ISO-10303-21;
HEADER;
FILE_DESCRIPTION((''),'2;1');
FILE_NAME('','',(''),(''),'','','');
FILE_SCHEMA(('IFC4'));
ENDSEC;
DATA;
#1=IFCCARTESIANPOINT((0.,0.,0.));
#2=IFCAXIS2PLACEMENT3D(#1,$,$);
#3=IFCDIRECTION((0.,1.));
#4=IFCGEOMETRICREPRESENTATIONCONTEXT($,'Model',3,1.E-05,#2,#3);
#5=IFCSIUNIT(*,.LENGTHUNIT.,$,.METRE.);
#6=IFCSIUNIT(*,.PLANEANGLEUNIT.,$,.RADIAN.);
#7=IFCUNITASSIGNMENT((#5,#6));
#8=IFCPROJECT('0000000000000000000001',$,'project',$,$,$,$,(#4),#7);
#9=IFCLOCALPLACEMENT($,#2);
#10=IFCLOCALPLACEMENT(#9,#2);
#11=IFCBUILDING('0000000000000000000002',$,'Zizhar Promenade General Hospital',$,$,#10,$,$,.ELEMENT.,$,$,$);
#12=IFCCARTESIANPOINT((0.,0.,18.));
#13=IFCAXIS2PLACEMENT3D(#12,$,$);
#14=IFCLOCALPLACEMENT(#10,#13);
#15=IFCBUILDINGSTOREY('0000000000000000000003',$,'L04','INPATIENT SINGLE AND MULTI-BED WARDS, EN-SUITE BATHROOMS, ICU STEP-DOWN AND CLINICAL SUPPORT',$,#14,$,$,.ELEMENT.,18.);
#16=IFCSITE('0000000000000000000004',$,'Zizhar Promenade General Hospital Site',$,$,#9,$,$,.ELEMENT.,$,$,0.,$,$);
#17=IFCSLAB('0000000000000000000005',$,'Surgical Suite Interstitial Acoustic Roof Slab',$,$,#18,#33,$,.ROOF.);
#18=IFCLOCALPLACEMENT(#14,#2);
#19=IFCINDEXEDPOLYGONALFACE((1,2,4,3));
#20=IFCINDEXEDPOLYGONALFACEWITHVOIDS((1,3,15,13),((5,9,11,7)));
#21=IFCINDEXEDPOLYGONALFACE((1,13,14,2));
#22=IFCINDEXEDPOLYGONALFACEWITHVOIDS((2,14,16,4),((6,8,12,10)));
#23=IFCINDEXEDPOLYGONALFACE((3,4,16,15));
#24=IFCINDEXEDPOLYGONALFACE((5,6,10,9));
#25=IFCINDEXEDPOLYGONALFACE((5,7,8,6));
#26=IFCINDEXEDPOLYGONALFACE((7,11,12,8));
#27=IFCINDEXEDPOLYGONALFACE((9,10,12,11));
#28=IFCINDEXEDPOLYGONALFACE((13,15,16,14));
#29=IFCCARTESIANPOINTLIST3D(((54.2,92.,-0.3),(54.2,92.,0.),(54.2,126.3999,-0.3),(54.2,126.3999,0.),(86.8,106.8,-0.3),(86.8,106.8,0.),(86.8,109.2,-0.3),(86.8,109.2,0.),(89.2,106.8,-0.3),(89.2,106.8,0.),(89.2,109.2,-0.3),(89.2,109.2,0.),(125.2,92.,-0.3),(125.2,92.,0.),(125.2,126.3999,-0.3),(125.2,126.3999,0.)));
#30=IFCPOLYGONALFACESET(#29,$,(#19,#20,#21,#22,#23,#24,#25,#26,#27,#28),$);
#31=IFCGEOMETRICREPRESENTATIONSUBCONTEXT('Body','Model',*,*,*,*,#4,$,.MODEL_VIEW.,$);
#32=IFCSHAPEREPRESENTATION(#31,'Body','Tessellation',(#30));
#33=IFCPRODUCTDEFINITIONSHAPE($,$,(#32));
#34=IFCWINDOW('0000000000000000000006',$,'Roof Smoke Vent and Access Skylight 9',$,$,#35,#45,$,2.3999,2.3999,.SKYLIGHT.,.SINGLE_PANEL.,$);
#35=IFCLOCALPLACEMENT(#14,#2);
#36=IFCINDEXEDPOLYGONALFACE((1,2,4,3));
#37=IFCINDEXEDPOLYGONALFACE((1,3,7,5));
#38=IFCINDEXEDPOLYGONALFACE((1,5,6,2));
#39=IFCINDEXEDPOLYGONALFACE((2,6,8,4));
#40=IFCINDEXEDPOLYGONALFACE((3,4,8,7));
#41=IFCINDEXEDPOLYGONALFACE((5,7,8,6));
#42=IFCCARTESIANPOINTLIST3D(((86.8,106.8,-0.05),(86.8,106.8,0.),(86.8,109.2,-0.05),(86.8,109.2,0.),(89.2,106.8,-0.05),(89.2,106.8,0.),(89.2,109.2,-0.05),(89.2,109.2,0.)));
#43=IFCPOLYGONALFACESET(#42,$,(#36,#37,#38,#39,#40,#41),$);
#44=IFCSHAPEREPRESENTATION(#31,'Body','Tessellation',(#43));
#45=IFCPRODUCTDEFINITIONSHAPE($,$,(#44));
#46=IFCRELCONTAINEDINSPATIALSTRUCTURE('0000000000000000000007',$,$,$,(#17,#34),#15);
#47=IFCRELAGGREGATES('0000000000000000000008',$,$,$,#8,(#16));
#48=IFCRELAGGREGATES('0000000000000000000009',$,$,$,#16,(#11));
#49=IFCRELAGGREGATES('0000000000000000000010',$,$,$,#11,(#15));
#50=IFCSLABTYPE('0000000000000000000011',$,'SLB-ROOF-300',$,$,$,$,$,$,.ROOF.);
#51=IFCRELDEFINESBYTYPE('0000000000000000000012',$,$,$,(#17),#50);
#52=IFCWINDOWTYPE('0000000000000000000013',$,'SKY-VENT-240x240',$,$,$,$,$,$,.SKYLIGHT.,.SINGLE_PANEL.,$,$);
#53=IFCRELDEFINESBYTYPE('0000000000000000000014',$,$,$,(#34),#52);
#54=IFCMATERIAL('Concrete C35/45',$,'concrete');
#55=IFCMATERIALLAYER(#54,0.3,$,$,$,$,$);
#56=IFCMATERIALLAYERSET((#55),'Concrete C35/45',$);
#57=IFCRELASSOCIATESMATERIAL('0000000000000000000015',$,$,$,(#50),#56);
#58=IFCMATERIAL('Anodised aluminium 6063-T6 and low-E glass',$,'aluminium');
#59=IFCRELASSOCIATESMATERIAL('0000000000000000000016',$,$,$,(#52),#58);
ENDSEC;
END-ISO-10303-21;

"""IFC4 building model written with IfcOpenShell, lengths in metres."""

from ifc_helpers import new_model, si_unit, direction, frame, origin, origin_2d, place, context, subcontext, project, spatial, polyline, rectangle, outline, extrude, material, layer, layer_set, type_object, element, fill, save


model = new_model("IFC4")

# Units and contexts
model_context = context("Model", 3, precision=1e-05, world=origin(), true_north=direction((0.0, 1.0)))
body_context = subcontext(model_context, "Body", "Model", "MODEL_VIEW")
ifc_project = project(units=[si_unit("LENGTHUNIT", "METRE"), si_unit("PLANEANGLEUNIT", "RADIAN")], contexts=[model_context])

# Site, building, storey
site_placement = place(None, origin())
site = spatial("IfcSite", under=ifc_project, at=site_placement, Name="Zizhar Promenade General Hospital Site", CompositionType="ELEMENT", RefElevation=0.0)
building_placement = place(site_placement, origin())
building = spatial("IfcBuilding", under=site, at=building_placement, Name="Zizhar Promenade General Hospital", CompositionType="ELEMENT")
storey_placement = place(building_placement, frame((0.0, 0.0, 18.0)))
storey = spatial("IfcBuildingStorey", under=building, at=storey_placement, Name="L04", Description="INPATIENT SINGLE AND MULTI-BED WARDS, EN-SUITE BATHROOMS, ICU STEP-DOWN AND CLINICAL SUPPORT", CompositionType="ELEMENT", Elevation=18.0)

# Slab, opening, window
ifc_material_1 = material(Name="Concrete C35/45", Category="concrete")
ifc_layer_1 = layer(ifc_material_1, 0.3)
ifc_layer_set_1 = layer_set([ifc_layer_1], Name="Concrete C35/45")
slab_type_1 = type_object("IfcSlabType", Name="SLB-ROOF-300", PredefinedType="ROOF", material=ifc_layer_set_1)
slab_1_placement = place(storey_placement, frame((0.0, 0.0, -0.3)))
slab_1 = element("IfcSlab", 1, at=slab_1_placement, inside=storey, type_object=slab_type_1, Name="Surgical Suite Interstitial Acoustic Roof Slab", PredefinedType="ROOF", context=body_context, shape_type="SweptSolid", body=[
    extrude(outline(polyline([(54.2, 92.0), (125.2, 92.0), (125.2, 126.3999), (54.2, 126.3999), (54.2, 92.0)])), origin(), (0.0, 0.0, 1.0), 0.3),
])
opening_placement = place(slab_1_placement, frame((88.0, 108.0, 0.0)))
opening = element("IfcOpeningElement", 2, at=opening_placement, cuts=slab_1, PredefinedType="OPENING", context=body_context, shape_type="SweptSolid", body=[
    extrude(rectangle(XDim=2.3999, YDim=2.3999, at=origin_2d()), origin(), (0.0, 0.0, 1.0), 0.3),
])
ifc_material_2 = material(Name="Anodised aluminium 6063-T6 and low-E glass", Category="aluminium")
window_type = type_object("IfcWindowType", Name="SKY-VENT-240x240", PartitioningType="SINGLE_PANEL", PredefinedType="SKYLIGHT", material=ifc_material_2)
window_placement = place(opening_placement, frame((0.0, 0.0, 0.25)))
window = element("IfcWindow", 3, at=window_placement, inside=storey, type_object=window_type, Name="Roof Smoke Vent and Access Skylight 9", OverallHeight=2.3999, OverallWidth=2.3999, PartitioningType="SINGLE_PANEL", PredefinedType="SKYLIGHT", context=body_context, shape_type="SweptSolid", body=[
    extrude(rectangle(XDim=2.3999, YDim=2.3999, at=origin_2d()), origin(), (0.0, 0.0, 1.0), 0.05),
])
fill(opening, window)

save(model, "model.ifc")
